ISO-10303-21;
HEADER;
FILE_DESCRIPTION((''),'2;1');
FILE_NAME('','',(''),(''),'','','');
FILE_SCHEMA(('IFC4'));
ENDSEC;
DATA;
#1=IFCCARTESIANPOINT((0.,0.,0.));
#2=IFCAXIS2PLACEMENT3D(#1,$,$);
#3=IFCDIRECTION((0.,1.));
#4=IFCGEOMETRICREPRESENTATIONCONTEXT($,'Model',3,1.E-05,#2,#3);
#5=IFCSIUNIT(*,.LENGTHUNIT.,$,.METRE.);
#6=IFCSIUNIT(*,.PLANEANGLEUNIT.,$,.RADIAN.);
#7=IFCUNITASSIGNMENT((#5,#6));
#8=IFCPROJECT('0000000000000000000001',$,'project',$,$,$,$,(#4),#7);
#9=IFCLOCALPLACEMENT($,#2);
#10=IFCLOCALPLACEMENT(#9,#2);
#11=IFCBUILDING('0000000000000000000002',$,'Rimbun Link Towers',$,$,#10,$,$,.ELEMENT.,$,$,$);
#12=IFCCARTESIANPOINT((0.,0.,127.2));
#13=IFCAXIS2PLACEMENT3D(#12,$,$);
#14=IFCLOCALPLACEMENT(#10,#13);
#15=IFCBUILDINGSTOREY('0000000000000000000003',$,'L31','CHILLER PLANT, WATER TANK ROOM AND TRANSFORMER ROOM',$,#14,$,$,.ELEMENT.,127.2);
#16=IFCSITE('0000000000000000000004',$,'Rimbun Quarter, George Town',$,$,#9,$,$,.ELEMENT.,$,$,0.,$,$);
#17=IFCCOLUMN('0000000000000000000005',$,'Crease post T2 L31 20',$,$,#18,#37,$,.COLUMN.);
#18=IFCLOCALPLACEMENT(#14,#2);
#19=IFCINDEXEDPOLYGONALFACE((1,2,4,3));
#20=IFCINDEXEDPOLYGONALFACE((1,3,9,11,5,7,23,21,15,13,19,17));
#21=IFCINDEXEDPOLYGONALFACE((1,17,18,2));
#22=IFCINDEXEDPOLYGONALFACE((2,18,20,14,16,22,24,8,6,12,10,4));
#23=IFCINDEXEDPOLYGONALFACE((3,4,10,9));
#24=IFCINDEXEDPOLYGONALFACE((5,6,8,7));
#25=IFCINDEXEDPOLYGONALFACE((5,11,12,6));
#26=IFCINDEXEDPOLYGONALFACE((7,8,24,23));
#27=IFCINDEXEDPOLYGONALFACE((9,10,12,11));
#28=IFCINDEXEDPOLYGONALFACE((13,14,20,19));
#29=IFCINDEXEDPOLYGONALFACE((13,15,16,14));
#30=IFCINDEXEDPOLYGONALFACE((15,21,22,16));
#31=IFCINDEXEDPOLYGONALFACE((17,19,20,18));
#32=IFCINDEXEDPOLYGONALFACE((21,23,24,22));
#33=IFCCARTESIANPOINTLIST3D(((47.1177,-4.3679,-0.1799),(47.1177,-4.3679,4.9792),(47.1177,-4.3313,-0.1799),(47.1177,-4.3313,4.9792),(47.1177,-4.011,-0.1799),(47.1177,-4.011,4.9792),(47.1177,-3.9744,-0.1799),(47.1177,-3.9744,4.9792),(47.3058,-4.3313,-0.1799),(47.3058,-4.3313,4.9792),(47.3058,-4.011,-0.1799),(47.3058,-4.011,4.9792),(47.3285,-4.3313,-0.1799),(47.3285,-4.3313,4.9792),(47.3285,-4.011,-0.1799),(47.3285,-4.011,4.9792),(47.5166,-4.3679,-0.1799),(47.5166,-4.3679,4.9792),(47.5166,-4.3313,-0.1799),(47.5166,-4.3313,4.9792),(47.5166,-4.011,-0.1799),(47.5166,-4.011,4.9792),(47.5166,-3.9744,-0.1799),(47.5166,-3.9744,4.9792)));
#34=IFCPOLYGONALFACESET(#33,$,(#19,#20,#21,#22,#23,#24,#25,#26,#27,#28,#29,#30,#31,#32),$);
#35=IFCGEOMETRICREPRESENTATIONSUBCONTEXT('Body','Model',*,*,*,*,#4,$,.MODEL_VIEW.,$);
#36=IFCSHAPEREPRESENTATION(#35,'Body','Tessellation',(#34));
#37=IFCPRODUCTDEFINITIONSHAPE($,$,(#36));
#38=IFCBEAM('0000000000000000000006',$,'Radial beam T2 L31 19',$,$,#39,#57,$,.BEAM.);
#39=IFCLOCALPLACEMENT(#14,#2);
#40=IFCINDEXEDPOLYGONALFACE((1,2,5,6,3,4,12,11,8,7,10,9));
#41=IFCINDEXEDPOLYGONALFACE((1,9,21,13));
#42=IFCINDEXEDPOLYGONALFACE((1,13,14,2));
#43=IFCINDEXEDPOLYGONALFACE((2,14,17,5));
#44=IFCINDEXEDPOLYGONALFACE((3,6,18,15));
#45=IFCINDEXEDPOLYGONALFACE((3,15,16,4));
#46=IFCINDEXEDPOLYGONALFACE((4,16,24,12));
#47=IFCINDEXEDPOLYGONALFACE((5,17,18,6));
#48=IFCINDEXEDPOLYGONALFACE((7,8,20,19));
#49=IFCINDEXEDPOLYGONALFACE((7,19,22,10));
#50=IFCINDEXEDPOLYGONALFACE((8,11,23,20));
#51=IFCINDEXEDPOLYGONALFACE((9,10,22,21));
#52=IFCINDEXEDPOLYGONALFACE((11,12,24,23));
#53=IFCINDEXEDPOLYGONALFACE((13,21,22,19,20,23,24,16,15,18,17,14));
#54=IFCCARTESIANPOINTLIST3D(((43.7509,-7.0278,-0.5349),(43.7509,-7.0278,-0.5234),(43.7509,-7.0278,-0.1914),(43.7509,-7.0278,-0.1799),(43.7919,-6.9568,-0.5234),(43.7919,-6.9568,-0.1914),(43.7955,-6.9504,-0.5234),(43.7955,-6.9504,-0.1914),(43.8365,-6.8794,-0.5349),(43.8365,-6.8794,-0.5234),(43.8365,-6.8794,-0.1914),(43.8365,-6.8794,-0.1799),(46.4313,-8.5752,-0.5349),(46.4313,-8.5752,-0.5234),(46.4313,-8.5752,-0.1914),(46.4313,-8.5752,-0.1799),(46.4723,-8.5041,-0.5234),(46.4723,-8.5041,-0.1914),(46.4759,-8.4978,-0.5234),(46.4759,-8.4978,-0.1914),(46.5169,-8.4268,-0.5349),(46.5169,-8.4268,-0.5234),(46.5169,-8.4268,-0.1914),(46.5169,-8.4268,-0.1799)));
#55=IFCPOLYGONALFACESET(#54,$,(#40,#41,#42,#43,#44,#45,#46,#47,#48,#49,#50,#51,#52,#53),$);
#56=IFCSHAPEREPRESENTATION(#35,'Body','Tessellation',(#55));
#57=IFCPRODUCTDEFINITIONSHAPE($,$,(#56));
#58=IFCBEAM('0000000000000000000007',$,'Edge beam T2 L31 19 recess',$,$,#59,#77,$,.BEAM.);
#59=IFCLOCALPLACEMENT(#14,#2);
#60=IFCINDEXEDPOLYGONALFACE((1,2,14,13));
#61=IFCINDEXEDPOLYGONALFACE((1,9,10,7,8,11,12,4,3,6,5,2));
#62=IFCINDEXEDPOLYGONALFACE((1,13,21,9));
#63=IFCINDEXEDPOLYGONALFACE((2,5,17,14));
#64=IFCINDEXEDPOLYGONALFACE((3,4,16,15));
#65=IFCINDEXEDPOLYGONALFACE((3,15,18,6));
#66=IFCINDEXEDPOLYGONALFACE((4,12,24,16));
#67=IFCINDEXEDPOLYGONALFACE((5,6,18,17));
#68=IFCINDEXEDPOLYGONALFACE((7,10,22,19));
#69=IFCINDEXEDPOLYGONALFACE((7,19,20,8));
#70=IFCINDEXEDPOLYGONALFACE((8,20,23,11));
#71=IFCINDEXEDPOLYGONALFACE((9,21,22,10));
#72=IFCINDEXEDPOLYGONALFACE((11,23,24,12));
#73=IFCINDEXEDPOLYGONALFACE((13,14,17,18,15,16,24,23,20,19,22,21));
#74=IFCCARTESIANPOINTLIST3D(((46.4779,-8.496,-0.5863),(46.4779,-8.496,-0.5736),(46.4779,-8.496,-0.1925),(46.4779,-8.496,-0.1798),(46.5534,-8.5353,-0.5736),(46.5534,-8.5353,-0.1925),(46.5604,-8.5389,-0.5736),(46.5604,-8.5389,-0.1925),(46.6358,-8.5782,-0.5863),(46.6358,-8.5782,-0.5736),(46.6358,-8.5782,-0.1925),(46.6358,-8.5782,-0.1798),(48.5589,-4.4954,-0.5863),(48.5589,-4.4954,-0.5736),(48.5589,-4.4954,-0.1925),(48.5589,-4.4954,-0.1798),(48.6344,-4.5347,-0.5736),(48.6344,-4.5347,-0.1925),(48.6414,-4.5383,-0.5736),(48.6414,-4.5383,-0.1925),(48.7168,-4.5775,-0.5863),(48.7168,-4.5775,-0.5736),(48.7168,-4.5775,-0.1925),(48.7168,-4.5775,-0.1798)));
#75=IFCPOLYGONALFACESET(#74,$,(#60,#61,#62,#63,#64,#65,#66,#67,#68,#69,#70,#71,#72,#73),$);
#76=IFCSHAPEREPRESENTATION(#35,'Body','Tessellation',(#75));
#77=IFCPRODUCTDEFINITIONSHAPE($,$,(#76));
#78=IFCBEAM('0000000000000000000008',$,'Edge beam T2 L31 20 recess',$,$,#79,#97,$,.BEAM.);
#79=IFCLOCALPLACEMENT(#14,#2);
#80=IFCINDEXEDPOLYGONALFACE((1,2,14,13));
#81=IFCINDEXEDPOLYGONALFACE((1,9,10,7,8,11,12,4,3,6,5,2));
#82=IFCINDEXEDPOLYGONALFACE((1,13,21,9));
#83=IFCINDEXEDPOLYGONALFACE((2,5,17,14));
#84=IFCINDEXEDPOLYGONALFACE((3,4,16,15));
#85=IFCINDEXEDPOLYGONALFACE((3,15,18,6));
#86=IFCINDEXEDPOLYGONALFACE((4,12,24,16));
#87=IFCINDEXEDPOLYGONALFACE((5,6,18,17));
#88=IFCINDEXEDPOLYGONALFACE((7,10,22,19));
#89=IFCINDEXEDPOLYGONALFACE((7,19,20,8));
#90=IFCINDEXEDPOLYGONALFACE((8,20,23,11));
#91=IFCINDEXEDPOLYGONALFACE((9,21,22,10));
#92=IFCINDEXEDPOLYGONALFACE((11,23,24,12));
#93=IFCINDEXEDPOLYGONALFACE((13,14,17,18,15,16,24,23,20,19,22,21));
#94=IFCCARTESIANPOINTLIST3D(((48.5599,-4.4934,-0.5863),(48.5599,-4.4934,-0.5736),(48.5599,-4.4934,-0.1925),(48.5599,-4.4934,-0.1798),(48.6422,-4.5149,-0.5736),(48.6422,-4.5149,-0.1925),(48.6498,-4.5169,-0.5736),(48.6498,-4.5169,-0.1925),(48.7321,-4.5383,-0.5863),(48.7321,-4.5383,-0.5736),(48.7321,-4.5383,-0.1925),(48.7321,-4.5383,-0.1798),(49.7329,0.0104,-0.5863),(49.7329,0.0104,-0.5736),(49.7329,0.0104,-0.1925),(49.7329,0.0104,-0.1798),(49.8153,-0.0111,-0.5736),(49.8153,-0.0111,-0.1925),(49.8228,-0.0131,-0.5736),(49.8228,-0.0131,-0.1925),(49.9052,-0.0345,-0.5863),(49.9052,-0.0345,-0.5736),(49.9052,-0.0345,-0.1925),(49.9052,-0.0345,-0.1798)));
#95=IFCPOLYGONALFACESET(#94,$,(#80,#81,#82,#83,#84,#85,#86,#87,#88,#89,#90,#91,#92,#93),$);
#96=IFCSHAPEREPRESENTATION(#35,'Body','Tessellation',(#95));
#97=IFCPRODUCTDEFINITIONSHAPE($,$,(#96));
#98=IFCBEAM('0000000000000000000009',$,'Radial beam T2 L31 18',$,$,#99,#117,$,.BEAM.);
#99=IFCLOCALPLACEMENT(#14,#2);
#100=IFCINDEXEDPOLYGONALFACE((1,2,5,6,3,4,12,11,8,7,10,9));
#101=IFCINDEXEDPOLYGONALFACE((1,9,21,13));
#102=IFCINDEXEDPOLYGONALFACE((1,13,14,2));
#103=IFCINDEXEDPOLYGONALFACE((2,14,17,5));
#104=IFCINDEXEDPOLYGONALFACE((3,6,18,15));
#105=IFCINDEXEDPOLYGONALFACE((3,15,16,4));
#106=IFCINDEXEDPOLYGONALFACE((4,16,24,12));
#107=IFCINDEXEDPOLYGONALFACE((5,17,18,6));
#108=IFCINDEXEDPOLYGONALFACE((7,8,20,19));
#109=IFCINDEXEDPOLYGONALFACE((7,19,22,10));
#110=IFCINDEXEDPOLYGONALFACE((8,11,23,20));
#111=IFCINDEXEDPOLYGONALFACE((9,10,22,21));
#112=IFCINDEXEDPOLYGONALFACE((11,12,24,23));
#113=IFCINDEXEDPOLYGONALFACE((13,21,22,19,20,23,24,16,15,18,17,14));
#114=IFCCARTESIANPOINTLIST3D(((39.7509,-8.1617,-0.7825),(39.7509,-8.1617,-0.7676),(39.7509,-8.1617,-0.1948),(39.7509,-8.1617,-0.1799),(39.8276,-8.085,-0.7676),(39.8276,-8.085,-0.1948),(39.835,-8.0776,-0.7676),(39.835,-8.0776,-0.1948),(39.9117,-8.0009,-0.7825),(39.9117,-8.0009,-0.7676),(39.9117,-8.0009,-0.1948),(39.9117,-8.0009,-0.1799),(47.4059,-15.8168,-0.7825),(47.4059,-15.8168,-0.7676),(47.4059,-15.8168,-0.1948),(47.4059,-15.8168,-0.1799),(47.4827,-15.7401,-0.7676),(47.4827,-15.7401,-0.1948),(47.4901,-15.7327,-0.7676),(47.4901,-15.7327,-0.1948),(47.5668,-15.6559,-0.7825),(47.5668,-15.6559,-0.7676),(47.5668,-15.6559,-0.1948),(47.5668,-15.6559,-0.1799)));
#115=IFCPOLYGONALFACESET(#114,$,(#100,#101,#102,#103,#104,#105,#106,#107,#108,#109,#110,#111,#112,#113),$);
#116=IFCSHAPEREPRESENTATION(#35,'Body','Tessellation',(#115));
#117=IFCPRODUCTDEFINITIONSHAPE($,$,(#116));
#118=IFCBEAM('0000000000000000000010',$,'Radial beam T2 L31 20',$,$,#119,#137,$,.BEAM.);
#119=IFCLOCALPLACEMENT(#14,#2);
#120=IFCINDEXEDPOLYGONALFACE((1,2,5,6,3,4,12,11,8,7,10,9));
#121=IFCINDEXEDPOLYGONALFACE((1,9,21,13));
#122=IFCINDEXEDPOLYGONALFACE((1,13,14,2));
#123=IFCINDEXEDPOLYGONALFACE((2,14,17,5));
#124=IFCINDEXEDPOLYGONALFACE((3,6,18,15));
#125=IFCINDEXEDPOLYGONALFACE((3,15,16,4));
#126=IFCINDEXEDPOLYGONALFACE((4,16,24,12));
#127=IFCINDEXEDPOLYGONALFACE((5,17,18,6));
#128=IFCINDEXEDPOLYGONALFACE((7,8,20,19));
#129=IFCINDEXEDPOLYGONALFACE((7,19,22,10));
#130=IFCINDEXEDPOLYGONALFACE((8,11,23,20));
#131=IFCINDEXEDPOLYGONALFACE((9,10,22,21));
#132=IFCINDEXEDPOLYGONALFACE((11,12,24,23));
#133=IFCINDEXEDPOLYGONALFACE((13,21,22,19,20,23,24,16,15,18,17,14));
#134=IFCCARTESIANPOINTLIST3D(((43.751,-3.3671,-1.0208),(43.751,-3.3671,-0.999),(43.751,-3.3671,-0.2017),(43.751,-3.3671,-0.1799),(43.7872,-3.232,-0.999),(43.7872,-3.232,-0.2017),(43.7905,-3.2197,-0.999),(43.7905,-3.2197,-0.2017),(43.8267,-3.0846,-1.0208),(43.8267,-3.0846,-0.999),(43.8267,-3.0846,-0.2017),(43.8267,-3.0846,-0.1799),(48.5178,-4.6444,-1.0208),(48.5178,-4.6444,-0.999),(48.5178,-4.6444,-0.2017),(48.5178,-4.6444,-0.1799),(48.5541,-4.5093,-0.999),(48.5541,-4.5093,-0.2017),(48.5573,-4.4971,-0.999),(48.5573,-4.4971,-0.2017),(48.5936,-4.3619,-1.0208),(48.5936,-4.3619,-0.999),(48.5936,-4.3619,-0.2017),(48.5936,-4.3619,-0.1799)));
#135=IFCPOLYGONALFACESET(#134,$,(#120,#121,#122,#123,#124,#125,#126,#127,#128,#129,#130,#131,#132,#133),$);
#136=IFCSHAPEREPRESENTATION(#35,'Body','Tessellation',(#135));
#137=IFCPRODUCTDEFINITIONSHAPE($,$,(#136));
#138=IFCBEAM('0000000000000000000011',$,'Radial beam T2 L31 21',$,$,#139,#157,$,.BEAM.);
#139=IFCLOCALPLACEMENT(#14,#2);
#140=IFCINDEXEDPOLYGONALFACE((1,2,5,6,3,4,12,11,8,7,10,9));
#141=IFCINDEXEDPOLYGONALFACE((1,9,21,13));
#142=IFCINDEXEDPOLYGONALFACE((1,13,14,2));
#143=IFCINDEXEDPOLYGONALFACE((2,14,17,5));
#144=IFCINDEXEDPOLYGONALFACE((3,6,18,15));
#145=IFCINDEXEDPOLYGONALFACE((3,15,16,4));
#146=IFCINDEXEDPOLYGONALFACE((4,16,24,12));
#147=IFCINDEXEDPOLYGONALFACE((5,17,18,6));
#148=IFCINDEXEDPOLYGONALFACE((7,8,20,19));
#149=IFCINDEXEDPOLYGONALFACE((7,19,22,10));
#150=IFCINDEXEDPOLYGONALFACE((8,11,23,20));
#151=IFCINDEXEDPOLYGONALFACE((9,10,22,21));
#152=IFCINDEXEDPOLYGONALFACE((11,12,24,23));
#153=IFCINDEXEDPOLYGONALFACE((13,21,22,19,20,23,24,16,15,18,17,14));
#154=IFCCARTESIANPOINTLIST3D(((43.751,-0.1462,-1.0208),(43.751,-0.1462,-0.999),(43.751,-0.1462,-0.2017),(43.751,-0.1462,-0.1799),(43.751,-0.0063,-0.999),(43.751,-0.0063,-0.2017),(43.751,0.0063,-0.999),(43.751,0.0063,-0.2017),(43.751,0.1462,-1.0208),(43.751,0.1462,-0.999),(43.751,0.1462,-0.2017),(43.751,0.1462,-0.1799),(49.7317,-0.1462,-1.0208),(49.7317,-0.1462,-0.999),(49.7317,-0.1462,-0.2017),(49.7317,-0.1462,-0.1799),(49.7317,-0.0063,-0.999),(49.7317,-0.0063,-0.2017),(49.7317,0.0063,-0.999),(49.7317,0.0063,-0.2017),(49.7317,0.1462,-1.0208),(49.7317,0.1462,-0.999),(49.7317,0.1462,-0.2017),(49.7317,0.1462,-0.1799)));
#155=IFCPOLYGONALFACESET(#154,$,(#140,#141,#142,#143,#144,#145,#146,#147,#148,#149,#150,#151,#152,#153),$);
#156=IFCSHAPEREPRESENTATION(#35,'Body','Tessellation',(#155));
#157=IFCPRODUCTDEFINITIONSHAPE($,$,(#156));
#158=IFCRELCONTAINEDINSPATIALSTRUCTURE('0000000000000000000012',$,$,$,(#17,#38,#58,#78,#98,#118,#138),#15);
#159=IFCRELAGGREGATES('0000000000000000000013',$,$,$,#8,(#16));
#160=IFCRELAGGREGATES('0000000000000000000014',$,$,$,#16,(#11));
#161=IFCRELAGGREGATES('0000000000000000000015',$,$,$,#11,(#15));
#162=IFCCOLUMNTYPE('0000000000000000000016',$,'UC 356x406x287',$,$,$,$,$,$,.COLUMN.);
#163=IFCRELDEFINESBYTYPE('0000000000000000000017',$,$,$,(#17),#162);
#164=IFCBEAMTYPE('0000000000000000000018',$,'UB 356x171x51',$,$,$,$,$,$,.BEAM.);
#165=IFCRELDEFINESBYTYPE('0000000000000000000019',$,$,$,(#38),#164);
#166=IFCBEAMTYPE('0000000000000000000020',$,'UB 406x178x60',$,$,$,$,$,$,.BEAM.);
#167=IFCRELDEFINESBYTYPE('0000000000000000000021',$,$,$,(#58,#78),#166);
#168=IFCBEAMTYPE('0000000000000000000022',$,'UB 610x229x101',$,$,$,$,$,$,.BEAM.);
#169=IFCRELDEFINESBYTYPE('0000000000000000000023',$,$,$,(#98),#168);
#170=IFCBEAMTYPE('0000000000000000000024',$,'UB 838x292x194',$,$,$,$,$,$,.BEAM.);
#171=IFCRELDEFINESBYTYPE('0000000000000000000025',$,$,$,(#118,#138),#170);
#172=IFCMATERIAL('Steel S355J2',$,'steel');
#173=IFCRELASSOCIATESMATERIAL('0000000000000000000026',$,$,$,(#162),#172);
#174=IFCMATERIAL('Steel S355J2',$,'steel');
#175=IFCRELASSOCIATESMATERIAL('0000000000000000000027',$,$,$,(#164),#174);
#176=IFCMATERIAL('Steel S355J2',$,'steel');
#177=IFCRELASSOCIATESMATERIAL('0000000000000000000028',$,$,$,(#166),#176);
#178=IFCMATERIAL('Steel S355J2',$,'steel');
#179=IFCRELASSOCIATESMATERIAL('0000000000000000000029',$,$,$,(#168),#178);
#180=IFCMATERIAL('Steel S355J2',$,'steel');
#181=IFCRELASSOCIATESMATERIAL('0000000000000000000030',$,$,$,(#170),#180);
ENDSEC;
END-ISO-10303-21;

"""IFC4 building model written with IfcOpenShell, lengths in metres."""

from ifc_helpers import new_model, si_unit, direction, frame, origin, origin_2d, place, context, subcontext, project, spatial, i_section, extrude, material, material_profile, profile_set, type_object, element, save


model = new_model("IFC4")

# Units and contexts
model_context = context("Model", 3, precision=1e-05, world=origin(), true_north=direction((0.0, 1.0)))
body_context = subcontext(model_context, "Body", "Model", "MODEL_VIEW")
ifc_project = project(units=[si_unit("LENGTHUNIT", "METRE"), si_unit("PLANEANGLEUNIT", "RADIAN")], contexts=[model_context])

# Site, building, storey
site_placement = place(None, origin())
site = spatial("IfcSite", under=ifc_project, at=site_placement, Name="Rimbun Quarter, George Town", CompositionType="ELEMENT", RefElevation=0.0)
building_placement = place(site_placement, origin())
building = spatial("IfcBuilding", under=site, at=building_placement, Name="Rimbun Link Towers", CompositionType="ELEMENT")
storey_placement = place(building_placement, frame((0.0, 0.0, 127.2)))
storey = spatial("IfcBuildingStorey", under=building, at=storey_placement, Name="L31", Description="CHILLER PLANT, WATER TANK ROOM AND TRANSFORMER ROOM", CompositionType="ELEMENT", Elevation=127.2)

# Column
ifc_material_1 = material(Name="Steel S355J2", Category="steel")
ifc_material_profile_1 = material_profile(ifc_material_1, i_section(OverallWidth=0.3989, OverallDepth=0.3936, WebThickness=0.0227, FlangeThickness=0.0366, at=origin_2d()), Name="UC 356x406x287")
ifc_profile_set_1 = profile_set([ifc_material_profile_1], Name="Steel S355J2")
column_type = type_object("IfcColumnType", Name="UC 356x406x287", PredefinedType="COLUMN", material=ifc_profile_set_1)
column_placement = place(storey_placement, frame((47.3171, -4.1711, -0.1799), z_axis=(0.0, 0.0, 1.0), x_axis=(1.0, 0.0, 0.0)))
element("IfcColumn", 1, at=column_placement, inside=storey, type_object=column_type, Name="Crease post T2 L31 20", PredefinedType="COLUMN", context=body_context, shape_type="SweptSolid", body=[
    extrude(i_section(OverallWidth=0.3989, OverallDepth=0.3936, WebThickness=0.0227, FlangeThickness=0.0366, at=origin_2d()), origin(), (0.0, 0.0, 1.0), 5.1592),
])

# Beams
ifc_material_2 = material(Name="Steel S355J2", Category="steel")
ifc_material_profile_2 = material_profile(ifc_material_2, i_section(OverallWidth=0.1714, OverallDepth=0.355, WebThickness=0.0073, FlangeThickness=0.0115, at=origin_2d()), Name="UB 356x171x51")
ifc_profile_set_2 = profile_set([ifc_material_profile_2], Name="Steel S355J2")
beam_type_1 = type_object("IfcBeamType", Name="UB 356x171x51", PredefinedType="BEAM", material=ifc_profile_set_2)
beam_1_placement = place(storey_placement, frame((43.7937, -6.9536, -0.3574), z_axis=(0.86605, -0.499957, 0.0), x_axis=(0.499957, 0.86605, 0.0)))
element("IfcBeam", 2, at=beam_1_placement, inside=storey, type_object=beam_type_1, Name="Radial beam T2 L31 19", PredefinedType="BEAM", context=body_context, shape_type="SweptSolid", body=[
    extrude(i_section(OverallWidth=0.1714, OverallDepth=0.355, WebThickness=0.0073, FlangeThickness=0.0115, at=origin_2d()), origin(), (0.0, 0.0, 1.0), 3.095),
])
ifc_material_3 = material(Name="Steel S355J2", Category="steel")
ifc_material_profile_3 = material_profile(ifc_material_3, i_section(OverallWidth=0.178, OverallDepth=0.4065, WebThickness=0.0078, FlangeThickness=0.0127, at=origin_2d()), Name="UB 406x178x60")
ifc_profile_set_3 = profile_set([ifc_material_profile_3], Name="Steel S355J2")
beam_type_2 = type_object("IfcBeamType", Name="UB 406x178x60", PredefinedType="BEAM", material=ifc_profile_set_3)
beam_2_placement = place(storey_placement, frame((46.5569, -8.5371, -0.3831), z_axis=(0.46147, 0.887156, 0.0), x_axis=(-0.887156, 0.46147, 0.0)))
element("IfcBeam", 3, at=beam_2_placement, inside=storey, type_object=beam_type_2, Name="Edge beam T2 L31 19 recess", PredefinedType="BEAM", context=body_context, shape_type="SweptSolid", body=[
    extrude(i_section(OverallWidth=0.178, OverallDepth=0.4065, WebThickness=0.0078, FlangeThickness=0.0127, at=origin_2d()), origin(), (0.0, 0.0, 1.0), 4.5095),
])
beam_3_placement = place(storey_placement, frame((48.646, -4.5159, -0.3831), z_axis=(0.252052, 0.967714, 0.0), x_axis=(-0.967714, 0.252052, 0.0)))
element("IfcBeam", 4, at=beam_3_placement, inside=storey, type_object=beam_type_2, Name="Edge beam T2 L31 20 recess", PredefinedType="BEAM", context=body_context, shape_type="SweptSolid", body=[
    extrude(i_section(OverallWidth=0.178, OverallDepth=0.4065, WebThickness=0.0078, FlangeThickness=0.0127, at=origin_2d()), origin(), (0.0, 0.0, 1.0), 4.6541),
])
ifc_material_4 = material(Name="Steel S355J2", Category="steel")
ifc_material_profile_4 = material_profile(ifc_material_4, i_section(OverallWidth=0.2275, OverallDepth=0.6025, WebThickness=0.0105, FlangeThickness=0.0149, at=origin_2d()), Name="UB 610x229x101")
ifc_profile_set_4 = profile_set([ifc_material_profile_4], Name="Steel S355J2")
beam_type_3 = type_object("IfcBeamType", Name="UB 610x229x101", PredefinedType="BEAM", material=ifc_profile_set_4)
beam_4_placement = place(storey_placement, frame((39.8313, -8.0813, -0.4812), z_axis=(0.707107, -0.707107, 0.0), x_axis=(0.707107, 0.707107, 0.0)))
element("IfcBeam", 5, at=beam_4_placement, inside=storey, type_object=beam_type_3, Name="Radial beam T2 L31 18", PredefinedType="BEAM", context=body_context, shape_type="SweptSolid", body=[
    extrude(i_section(OverallWidth=0.2275, OverallDepth=0.6025, WebThickness=0.0105, FlangeThickness=0.0149, at=origin_2d()), origin(), (0.0, 0.0, 1.0), 10.8259),
])
ifc_material_5 = material(Name="Steel S355J2", Category="steel")
ifc_material_profile_5 = material_profile(ifc_material_5, i_section(OverallWidth=0.2925, OverallDepth=0.8408, WebThickness=0.0127, FlangeThickness=0.0217, at=origin_2d()), Name="UB 838x292x194")
ifc_profile_set_5 = profile_set([ifc_material_profile_5], Name="Steel S355J2")
beam_type_4 = type_object("IfcBeamType", Name="UB 838x292x194", PredefinedType="BEAM", material=ifc_profile_set_5)
beam_5_placement = place(storey_placement, frame((43.7888, -3.2258, -0.6003), z_axis=(0.965922, -0.258833, 0.0), x_axis=(0.258833, 0.965922, 0.0)))
element("IfcBeam", 6, at=beam_5_placement, inside=storey, type_object=beam_type_4, Name="Radial beam T2 L31 20", PredefinedType="BEAM", context=body_context, shape_type="SweptSolid", body=[
    extrude(i_section(OverallWidth=0.2925, OverallDepth=0.8408, WebThickness=0.0127, FlangeThickness=0.0217, at=origin_2d()), origin(), (0.0, 0.0, 1.0), 4.9351),
])
beam_6_placement = place(storey_placement, frame((43.751, 0.0, -0.6003), z_axis=(1.0, 0.0, 0.0), x_axis=(0.0, 1.0, 0.0)))
element("IfcBeam", 7, at=beam_6_placement, inside=storey, type_object=beam_type_4, Name="Radial beam T2 L31 21", PredefinedType="BEAM", context=body_context, shape_type="SweptSolid", body=[
    extrude(i_section(OverallWidth=0.2925, OverallDepth=0.8408, WebThickness=0.0127, FlangeThickness=0.0217, at=origin_2d()), origin(), (0.0, 0.0, 1.0), 5.9807),
])

save(model, "model.ifc")
